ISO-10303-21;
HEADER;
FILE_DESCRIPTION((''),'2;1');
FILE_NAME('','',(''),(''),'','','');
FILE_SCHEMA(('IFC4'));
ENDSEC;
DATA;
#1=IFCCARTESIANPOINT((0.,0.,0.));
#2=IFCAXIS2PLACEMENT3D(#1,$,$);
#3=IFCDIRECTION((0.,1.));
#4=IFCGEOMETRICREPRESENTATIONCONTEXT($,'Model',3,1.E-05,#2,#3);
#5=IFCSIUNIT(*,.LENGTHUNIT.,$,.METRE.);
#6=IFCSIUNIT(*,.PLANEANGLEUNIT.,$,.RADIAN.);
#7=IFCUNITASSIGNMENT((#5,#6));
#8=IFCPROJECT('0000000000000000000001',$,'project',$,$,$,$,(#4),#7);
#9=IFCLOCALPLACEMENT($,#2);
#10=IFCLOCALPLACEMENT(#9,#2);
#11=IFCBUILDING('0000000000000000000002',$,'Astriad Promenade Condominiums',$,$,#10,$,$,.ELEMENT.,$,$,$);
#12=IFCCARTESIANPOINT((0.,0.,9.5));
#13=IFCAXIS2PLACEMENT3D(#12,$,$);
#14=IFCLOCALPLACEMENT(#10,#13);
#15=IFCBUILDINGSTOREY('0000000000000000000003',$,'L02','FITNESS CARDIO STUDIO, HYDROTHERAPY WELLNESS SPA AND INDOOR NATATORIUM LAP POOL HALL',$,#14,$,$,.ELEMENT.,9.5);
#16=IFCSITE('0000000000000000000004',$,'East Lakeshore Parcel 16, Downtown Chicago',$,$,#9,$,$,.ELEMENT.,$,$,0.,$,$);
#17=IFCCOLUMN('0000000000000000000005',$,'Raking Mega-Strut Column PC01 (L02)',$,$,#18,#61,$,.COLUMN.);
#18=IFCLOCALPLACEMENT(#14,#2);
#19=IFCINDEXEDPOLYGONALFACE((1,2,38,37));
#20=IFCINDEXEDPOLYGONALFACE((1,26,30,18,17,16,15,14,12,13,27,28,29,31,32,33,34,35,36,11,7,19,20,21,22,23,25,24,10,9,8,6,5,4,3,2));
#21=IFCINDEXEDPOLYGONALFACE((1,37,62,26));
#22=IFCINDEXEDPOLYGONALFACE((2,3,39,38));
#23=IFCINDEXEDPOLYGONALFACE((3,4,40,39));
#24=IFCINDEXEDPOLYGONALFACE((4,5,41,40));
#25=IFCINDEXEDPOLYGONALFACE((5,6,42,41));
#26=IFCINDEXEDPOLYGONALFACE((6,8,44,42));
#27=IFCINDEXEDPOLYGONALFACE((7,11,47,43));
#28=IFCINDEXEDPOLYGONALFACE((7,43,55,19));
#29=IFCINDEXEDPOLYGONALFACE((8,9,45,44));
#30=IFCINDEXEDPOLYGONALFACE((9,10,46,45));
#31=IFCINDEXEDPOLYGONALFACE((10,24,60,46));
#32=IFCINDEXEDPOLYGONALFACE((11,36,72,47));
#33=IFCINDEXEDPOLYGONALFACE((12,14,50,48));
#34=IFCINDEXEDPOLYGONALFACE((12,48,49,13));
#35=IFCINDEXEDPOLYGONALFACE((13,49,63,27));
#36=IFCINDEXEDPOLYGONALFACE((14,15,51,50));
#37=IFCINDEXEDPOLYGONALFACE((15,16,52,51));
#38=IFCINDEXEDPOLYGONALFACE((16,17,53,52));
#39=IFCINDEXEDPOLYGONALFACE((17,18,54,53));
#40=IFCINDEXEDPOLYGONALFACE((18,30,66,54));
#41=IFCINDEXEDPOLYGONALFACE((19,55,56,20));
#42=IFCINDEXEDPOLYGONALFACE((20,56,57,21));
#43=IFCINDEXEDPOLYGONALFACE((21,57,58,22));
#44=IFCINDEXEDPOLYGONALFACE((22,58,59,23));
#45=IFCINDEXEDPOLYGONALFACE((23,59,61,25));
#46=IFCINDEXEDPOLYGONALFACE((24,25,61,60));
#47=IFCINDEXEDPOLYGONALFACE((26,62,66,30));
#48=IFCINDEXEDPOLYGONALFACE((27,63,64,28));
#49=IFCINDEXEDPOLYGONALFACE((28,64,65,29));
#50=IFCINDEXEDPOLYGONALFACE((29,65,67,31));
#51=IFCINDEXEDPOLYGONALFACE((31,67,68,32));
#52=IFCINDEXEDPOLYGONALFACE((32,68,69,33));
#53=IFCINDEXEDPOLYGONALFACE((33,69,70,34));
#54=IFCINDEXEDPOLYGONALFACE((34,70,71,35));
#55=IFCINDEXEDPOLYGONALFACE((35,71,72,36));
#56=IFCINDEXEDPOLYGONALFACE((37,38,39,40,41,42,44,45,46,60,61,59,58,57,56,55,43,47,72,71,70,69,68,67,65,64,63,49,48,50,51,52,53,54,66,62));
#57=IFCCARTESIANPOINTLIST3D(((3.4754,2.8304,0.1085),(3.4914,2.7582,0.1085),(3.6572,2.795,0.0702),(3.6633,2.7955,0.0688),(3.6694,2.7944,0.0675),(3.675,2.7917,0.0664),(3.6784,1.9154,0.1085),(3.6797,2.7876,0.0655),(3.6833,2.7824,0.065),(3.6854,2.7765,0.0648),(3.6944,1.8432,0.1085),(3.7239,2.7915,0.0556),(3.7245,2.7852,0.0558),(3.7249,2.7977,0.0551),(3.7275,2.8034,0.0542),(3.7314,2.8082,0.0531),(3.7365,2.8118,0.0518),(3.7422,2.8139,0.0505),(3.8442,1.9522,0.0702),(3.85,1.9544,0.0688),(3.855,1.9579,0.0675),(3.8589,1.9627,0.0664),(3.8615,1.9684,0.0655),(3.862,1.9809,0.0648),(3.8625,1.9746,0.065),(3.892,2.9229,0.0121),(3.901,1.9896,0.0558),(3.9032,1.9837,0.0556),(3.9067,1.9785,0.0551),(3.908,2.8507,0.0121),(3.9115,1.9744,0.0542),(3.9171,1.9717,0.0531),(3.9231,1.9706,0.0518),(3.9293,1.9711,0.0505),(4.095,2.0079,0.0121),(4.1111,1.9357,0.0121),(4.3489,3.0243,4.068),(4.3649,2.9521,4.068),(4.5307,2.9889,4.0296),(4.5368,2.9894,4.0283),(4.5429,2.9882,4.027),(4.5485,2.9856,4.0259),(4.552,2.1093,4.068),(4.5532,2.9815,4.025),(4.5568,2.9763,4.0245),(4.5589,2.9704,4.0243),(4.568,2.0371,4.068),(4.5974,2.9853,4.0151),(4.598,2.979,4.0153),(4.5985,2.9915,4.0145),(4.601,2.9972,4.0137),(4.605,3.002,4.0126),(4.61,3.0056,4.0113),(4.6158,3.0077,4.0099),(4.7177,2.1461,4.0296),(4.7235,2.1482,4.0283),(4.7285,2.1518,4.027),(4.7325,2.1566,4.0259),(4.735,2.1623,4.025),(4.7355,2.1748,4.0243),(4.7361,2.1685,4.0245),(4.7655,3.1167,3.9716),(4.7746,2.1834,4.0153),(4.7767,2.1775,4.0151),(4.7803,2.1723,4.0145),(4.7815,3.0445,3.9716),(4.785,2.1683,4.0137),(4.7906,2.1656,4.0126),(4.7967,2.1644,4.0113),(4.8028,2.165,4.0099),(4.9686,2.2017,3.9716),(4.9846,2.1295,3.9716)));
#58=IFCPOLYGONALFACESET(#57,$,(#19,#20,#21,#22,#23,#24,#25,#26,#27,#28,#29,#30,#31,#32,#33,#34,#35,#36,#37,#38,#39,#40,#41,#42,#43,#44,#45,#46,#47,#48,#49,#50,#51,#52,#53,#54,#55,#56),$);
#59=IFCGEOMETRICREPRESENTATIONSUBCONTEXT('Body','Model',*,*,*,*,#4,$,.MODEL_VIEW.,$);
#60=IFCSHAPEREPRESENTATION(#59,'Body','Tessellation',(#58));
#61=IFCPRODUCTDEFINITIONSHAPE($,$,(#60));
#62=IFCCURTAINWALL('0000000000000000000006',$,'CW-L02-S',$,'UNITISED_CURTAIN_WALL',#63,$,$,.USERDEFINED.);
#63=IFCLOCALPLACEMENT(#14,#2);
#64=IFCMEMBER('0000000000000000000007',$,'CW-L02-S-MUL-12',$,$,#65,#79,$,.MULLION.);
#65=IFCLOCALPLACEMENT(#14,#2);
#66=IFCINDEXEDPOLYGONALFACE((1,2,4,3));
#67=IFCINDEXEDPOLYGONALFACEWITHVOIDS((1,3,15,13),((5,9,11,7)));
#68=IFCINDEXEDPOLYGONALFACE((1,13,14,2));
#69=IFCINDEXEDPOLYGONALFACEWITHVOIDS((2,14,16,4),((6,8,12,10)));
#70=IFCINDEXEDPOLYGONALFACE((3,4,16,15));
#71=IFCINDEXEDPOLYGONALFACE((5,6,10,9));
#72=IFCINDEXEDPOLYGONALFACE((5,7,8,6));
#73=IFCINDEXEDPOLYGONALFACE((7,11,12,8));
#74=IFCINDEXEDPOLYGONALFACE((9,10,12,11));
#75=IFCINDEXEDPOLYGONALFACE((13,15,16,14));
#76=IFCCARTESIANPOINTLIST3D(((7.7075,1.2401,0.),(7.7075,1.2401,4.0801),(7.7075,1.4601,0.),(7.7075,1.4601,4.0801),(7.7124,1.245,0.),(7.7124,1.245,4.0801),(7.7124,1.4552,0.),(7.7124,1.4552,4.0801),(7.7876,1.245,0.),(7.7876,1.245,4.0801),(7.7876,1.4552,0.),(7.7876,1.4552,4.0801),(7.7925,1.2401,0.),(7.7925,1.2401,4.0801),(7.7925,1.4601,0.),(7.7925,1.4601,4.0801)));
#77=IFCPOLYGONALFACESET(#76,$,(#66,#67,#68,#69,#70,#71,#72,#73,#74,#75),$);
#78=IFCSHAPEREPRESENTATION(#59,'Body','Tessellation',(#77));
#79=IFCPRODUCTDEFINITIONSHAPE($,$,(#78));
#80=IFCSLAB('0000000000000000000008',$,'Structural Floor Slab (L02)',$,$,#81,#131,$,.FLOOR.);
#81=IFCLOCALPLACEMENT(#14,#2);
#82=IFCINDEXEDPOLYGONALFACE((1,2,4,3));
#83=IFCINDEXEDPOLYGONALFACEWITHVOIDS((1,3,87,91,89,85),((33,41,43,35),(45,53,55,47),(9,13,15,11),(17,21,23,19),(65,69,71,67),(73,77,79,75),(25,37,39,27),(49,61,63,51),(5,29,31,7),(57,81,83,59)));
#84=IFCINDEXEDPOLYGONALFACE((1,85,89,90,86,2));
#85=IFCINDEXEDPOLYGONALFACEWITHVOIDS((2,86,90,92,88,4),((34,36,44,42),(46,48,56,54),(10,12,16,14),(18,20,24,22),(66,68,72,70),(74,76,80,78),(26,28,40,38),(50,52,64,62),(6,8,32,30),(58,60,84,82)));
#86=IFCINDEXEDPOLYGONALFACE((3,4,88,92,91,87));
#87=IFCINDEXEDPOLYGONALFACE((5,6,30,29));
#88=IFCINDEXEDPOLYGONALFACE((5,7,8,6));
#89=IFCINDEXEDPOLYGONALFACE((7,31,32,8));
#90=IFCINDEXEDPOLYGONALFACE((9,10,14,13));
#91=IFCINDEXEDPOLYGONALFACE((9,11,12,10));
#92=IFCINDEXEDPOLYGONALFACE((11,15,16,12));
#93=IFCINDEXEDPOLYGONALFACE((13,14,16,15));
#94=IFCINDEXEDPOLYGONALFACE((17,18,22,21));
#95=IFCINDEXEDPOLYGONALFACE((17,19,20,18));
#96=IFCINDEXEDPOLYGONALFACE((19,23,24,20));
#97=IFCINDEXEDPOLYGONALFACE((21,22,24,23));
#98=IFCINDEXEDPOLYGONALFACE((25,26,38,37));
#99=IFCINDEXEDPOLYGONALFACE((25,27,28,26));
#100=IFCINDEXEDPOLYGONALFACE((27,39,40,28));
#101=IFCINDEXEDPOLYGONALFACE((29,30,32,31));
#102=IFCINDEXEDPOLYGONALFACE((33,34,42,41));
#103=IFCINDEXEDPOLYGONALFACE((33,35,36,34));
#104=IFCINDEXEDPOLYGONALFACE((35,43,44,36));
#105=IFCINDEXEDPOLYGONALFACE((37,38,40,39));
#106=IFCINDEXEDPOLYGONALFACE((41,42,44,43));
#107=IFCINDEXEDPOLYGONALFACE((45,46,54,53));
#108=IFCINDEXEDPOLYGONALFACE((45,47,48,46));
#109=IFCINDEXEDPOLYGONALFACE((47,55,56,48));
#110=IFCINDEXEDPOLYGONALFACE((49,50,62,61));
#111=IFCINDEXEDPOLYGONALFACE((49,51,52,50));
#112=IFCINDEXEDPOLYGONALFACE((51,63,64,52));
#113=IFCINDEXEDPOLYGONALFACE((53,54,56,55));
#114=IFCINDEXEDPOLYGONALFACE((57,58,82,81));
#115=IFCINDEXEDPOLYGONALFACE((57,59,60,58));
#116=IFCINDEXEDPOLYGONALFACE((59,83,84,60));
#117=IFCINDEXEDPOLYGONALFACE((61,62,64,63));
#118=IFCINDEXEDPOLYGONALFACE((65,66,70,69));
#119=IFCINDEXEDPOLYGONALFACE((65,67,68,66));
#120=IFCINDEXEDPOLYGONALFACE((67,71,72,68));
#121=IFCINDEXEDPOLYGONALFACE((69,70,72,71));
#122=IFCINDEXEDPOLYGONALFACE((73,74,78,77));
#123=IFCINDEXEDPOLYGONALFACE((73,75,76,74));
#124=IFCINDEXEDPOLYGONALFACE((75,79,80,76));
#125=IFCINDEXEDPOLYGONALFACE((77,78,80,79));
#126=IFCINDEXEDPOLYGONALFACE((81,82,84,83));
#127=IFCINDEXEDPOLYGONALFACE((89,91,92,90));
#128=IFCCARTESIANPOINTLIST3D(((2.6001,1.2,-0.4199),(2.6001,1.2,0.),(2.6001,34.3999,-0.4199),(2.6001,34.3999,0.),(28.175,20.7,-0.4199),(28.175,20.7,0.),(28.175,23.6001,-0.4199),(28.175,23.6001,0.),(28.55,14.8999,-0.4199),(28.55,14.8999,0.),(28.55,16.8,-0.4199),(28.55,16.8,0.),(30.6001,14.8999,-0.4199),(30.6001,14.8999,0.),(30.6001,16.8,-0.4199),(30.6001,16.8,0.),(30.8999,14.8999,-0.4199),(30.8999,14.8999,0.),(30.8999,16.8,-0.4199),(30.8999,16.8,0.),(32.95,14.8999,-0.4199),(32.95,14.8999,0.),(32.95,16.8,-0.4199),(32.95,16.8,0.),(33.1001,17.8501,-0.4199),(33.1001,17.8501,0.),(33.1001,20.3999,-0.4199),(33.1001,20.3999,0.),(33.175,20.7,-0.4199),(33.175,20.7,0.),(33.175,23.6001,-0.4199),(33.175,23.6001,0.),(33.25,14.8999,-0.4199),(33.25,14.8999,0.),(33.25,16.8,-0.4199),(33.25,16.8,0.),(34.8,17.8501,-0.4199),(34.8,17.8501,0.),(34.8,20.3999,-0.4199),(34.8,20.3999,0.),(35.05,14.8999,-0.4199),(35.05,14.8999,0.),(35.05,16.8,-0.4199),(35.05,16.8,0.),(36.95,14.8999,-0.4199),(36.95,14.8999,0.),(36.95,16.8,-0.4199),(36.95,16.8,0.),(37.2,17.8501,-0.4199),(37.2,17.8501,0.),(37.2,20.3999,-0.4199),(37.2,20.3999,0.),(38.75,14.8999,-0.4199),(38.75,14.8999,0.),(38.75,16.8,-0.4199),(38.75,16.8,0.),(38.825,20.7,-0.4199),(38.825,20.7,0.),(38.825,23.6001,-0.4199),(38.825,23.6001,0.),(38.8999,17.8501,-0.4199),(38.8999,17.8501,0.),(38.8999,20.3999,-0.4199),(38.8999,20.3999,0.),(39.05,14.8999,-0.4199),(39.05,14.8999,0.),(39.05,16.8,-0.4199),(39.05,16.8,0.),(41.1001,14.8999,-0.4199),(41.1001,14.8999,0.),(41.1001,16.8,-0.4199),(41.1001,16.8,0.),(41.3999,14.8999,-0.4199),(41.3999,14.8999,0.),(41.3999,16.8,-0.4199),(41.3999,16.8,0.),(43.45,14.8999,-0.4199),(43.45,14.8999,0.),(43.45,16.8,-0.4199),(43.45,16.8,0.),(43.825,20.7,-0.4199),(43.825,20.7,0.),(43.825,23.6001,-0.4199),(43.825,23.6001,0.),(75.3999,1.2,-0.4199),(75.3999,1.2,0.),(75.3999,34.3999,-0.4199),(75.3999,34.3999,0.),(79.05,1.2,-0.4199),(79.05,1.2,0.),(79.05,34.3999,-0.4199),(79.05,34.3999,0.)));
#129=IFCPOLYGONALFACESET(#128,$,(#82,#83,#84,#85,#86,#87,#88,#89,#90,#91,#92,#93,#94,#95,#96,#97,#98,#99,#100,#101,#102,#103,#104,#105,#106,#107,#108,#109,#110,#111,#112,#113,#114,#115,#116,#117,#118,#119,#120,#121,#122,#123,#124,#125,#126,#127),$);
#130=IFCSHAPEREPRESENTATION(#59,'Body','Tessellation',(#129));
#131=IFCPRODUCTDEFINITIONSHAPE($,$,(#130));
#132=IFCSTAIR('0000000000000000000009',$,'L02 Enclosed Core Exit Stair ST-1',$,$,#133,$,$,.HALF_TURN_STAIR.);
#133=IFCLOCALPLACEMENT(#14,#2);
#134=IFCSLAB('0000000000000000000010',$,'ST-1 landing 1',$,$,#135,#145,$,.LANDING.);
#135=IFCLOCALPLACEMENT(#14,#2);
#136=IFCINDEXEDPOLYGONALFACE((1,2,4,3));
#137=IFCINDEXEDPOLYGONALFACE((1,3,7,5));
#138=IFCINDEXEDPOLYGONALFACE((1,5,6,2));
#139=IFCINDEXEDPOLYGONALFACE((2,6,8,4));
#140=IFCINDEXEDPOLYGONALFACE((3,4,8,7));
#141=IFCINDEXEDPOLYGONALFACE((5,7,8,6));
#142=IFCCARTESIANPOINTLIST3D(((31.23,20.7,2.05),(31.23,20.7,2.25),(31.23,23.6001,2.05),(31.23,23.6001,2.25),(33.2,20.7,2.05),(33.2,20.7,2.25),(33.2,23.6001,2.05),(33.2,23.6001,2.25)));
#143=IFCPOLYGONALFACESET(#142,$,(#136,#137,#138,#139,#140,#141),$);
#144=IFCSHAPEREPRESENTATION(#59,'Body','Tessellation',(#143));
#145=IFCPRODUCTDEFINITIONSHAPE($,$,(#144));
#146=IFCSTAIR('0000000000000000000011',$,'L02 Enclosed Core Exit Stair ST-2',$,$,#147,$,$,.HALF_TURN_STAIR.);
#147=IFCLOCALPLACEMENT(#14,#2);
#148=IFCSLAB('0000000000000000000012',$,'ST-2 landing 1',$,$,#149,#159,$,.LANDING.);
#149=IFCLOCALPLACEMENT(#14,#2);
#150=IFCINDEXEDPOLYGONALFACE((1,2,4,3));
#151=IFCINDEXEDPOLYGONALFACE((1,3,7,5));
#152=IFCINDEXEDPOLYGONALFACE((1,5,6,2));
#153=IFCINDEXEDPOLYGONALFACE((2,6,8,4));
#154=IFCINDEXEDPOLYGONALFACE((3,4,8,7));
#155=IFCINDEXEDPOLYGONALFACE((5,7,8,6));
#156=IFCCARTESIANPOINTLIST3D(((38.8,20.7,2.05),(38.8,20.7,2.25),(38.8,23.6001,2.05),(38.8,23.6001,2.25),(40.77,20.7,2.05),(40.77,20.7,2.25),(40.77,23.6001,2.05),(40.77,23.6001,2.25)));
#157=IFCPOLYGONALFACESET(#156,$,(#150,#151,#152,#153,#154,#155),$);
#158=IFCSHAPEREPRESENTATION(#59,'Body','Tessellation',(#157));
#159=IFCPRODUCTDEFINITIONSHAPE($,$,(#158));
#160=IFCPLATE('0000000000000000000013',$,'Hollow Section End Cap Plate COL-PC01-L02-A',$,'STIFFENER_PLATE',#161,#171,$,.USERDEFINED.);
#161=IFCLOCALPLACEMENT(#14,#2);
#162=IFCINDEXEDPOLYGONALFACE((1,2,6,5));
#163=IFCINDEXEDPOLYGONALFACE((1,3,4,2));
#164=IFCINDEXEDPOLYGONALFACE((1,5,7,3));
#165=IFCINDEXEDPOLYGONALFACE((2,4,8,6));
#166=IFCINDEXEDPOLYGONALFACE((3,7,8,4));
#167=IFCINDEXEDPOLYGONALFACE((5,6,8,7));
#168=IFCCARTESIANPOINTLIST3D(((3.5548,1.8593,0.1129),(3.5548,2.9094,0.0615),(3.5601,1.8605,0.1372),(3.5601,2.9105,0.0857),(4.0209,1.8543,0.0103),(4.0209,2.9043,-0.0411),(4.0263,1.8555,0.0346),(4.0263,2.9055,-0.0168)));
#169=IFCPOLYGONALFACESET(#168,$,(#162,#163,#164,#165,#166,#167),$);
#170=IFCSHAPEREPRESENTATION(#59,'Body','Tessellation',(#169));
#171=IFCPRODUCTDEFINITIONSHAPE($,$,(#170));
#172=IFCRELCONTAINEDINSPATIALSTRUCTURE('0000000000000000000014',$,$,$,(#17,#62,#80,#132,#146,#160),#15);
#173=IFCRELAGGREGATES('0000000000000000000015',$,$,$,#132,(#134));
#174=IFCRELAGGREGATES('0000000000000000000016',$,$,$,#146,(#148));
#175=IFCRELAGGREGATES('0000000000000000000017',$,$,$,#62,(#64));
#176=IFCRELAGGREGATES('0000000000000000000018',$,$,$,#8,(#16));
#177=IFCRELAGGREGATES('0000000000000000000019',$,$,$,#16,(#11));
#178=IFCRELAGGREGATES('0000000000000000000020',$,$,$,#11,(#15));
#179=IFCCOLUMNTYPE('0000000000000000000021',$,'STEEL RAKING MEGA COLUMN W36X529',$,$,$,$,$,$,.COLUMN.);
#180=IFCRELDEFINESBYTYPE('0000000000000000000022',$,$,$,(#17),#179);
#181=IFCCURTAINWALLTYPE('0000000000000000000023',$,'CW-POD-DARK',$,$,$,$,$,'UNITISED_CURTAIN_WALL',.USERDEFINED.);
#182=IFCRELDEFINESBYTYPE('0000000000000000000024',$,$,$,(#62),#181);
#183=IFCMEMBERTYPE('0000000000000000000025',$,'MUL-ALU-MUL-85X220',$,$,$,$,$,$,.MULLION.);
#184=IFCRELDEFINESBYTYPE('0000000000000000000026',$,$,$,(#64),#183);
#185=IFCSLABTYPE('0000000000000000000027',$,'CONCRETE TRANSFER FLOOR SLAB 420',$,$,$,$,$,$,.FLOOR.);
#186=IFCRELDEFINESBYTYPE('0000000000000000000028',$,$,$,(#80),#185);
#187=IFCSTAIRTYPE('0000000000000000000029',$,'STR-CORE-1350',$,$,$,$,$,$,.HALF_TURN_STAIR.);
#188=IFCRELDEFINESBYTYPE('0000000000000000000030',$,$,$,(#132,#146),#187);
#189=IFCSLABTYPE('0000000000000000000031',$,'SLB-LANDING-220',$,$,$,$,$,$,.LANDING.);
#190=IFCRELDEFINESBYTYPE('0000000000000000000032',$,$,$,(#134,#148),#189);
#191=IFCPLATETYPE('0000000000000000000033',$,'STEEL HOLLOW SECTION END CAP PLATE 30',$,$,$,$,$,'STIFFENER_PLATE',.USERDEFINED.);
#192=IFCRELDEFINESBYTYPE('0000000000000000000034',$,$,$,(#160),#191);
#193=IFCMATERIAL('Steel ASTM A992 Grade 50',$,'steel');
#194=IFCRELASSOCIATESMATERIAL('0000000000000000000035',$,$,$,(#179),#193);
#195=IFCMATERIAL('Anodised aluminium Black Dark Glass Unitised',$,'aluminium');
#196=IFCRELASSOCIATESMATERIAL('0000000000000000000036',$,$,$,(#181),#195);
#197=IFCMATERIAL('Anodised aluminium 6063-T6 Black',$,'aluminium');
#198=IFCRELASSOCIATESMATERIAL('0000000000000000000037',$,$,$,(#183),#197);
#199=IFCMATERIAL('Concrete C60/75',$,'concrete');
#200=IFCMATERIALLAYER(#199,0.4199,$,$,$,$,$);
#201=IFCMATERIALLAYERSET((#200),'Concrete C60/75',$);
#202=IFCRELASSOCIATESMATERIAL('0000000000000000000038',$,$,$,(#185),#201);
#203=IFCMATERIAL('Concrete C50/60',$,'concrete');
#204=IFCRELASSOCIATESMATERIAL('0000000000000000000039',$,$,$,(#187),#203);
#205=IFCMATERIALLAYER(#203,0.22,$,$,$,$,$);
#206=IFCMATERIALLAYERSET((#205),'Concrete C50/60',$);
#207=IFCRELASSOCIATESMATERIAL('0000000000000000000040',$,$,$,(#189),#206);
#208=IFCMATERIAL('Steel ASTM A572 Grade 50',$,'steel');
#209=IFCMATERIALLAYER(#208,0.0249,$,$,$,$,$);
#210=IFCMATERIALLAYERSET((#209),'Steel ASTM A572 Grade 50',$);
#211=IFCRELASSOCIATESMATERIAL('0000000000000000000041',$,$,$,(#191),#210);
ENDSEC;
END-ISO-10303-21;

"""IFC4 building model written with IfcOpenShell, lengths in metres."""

from ifc_helpers import new_model, si_unit, direction, frame, origin, origin_2d, place, context, subcontext, project, spatial, polyline, rectangle, hollow_rectangle, i_section, outline, extrude, source, transform, mapped, material, layer, layer_set, material_profile, profile_set, type_object, type_shapes, element, aggregate, save


model = new_model("IFC4")

# Units and contexts
model_context = context("Model", 3, precision=1e-05, world=origin(), true_north=direction((0.0, 1.0)))
body_context = subcontext(model_context, "Body", "Model", "MODEL_VIEW")
ifc_project = project(units=[si_unit("LENGTHUNIT", "METRE"), si_unit("PLANEANGLEUNIT", "RADIAN")], contexts=[model_context])

# Site, building, storey
site_placement = place(None, origin())
site = spatial("IfcSite", under=ifc_project, at=site_placement, Name="East Lakeshore Parcel 16, Downtown Chicago", CompositionType="ELEMENT", RefElevation=0.0)
building_placement = place(site_placement, origin())
building = spatial("IfcBuilding", under=site, at=building_placement, Name="Astriad Promenade Condominiums", CompositionType="ELEMENT")
storey_placement = place(building_placement, frame((0.0, 0.0, 9.5)))
storey = spatial("IfcBuildingStorey", under=building, at=storey_placement, Name="L02", Description="FITNESS CARDIO STUDIO, HYDROTHERAPY WELLNESS SPA AND INDOOR NATATORIUM LAP POOL HALL", CompositionType="ELEMENT", Elevation=9.5)

# Column
ifc_material_1 = material(Name="Steel ASTM A992 Grade 50", Category="steel")
ifc_material_profile_1 = material_profile(ifc_material_1, i_section(OverallWidth=0.4375, OverallDepth=1.0112, WebThickness=0.041, FlangeThickness=0.074, FilletRadius=0.0242, at=origin_2d()), Name="W36X529")
ifc_profile_set_1 = profile_set([ifc_material_profile_1], Name="Steel ASTM A992 Grade 50")
column_type = type_object("IfcColumnType", Name="STEEL RAKING MEGA COLUMN W36X529", PredefinedType="COLUMN", material=ifc_profile_set_1)
shared_shape_1 = source(origin(), body_context, "Body", "SweptSolid", [
    extrude(i_section(OverallWidth=0.4375, OverallDepth=1.0112, WebThickness=0.041, FlangeThickness=0.074, FilletRadius=0.0242, at=origin_2d()), origin(), (0.0, 0.0, 1.0), 4.0593),
])
type_shapes(column_type, [shared_shape_1])
column_placement = place(storey_placement, frame((3.7932, 2.3831, 0.0603), z_axis=(0.215193, 0.047754, 0.975403), x_axis=(-0.952239, -0.211313, 0.220427)))
element("IfcColumn", 1, at=column_placement, inside=storey, type_object=column_type, Name="Raking Mega-Strut Column PC01 (L02)", PredefinedType="COLUMN", context=body_context, shape_type="MappedRepresentation", body=[
    mapped(shared_shape_1, transform((0.0, 0.0, 0.0), scale=1.0)),
])

# Curtain wall, member
ifc_material_2 = material(Name="Anodised aluminium Black Dark Glass Unitised", Category="aluminium")
curtain_wall_type = type_object("IfcCurtainWallType", Name="CW-POD-DARK", ElementType="UNITISED_CURTAIN_WALL", PredefinedType="USERDEFINED", material=ifc_material_2)
curtain_wall_placement = place(storey_placement, origin())
curtain_wall = element("IfcCurtainWall", 2, at=curtain_wall_placement, inside=storey, type_object=curtain_wall_type, Name="CW-L02-S", ObjectType="UNITISED_CURTAIN_WALL", PredefinedType="USERDEFINED")
ifc_material_3 = material(Name="Anodised aluminium 6063-T6 Black", Category="aluminium")
ifc_material_profile_2 = material_profile(ifc_material_3, hollow_rectangle(XDim=0.085, YDim=0.22, WallThickness=0.0049, at=origin_2d()), Name="ALU-MUL-85X220")
ifc_profile_set_2 = profile_set([ifc_material_profile_2], Name="Anodised aluminium 6063-T6 Black")
member_type = type_object("IfcMemberType", Name="MUL-ALU-MUL-85X220", PredefinedType="MULLION", material=ifc_profile_set_2)
shared_shape_2 = source(origin(), body_context, "Body", "SweptSolid", [
    extrude(hollow_rectangle(XDim=0.085, YDim=0.22, WallThickness=0.0049, at=origin_2d()), origin(), (0.0, 0.0, 1.0), 4.0801),
])
type_shapes(member_type, [shared_shape_2])
member_placement = place(storey_placement, frame((7.75, 1.3501, 0.0), z_axis=(0.0, 0.0, 1.0), x_axis=(1.0, 0.0, 0.0)))
member = element("IfcMember", 3, at=member_placement, type_object=member_type, Name="CW-L02-S-MUL-12", PredefinedType="MULLION", context=body_context, shape_type="MappedRepresentation", body=[
    mapped(shared_shape_2, transform((0.0, 0.0, 0.0), scale=1.0)),
])

# Slab
ifc_material_4 = material(Name="Concrete C60/75", Category="concrete")
ifc_layer_1 = layer(ifc_material_4, 0.4199)
ifc_layer_set_1 = layer_set([ifc_layer_1], Name="Concrete C60/75")
slab_type_1 = type_object("IfcSlabType", Name="CONCRETE TRANSFER FLOOR SLAB 420", PredefinedType="FLOOR", material=ifc_layer_set_1)
slab_1_placement = place(storey_placement, frame((0.0, 0.0, -0.4199)))
element("IfcSlab", 4, at=slab_1_placement, inside=storey, type_object=slab_type_1, Name="Structural Floor Slab (L02)", PredefinedType="FLOOR", context=body_context, shape_type="SweptSolid", body=[
    extrude(outline(polyline([(75.3999, 1.2), (79.05, 1.2), (79.05, 34.3999), (75.3999, 34.3999), (2.6001, 34.3999), (2.6001, 1.2), (75.3999, 1.2)]), holes=[polyline([(28.175, 20.7), (33.175, 20.7), (33.175, 23.6001), (28.175, 23.6001), (28.175, 20.7)]), polyline([(38.825, 20.7), (43.825, 20.7), (43.825, 23.6001), (38.825, 23.6001), (38.825, 20.7)]), polyline([(33.1001, 17.8501), (34.8, 17.8501), (34.8, 20.3999), (33.1001, 20.3999), (33.1001, 17.8501)]), polyline([(37.2, 17.8501), (38.8999, 17.8501), (38.8999, 20.3999), (37.2, 20.3999), (37.2, 17.8501)]), polyline([(28.55, 14.8999), (30.6001, 14.8999), (30.6001, 16.8), (28.55, 16.8), (28.55, 14.8999)]), polyline([(30.8999, 14.8999), (32.95, 14.8999), (32.95, 16.8), (30.8999, 16.8), (30.8999, 14.8999)]), polyline([(33.25, 14.8999), (35.05, 14.8999), (35.05, 16.8), (33.25, 16.8), (33.25, 14.8999)]), polyline([(36.95, 14.8999), (38.75, 14.8999), (38.75, 16.8), (36.95, 16.8), (36.95, 14.8999)]), polyline([(39.05, 14.8999), (41.1001, 14.8999), (41.1001, 16.8), (39.05, 16.8), (39.05, 14.8999)]), polyline([(41.3999, 14.8999), (43.45, 14.8999), (43.45, 16.8), (41.3999, 16.8), (41.3999, 14.8999)])]), origin(), (0.0, 0.0, 1.0), 0.4199),
])

# Stairs, slabs
ifc_material_5 = material(Name="Concrete C50/60", Category="concrete")
stair_type = type_object("IfcStairType", Name="STR-CORE-1350", PredefinedType="HALF_TURN_STAIR", material=ifc_material_5)
stair_1_placement = place(storey_placement, origin())
stair_1 = element("IfcStair", 5, at=stair_1_placement, inside=storey, type_object=stair_type, Name="L02 Enclosed Core Exit Stair ST-1", PredefinedType="HALF_TURN_STAIR")
ifc_layer_2 = layer(ifc_material_5, 0.22)
ifc_layer_set_2 = layer_set([ifc_layer_2], Name="Concrete C50/60")
slab_type_2 = type_object("IfcSlabType", Name="SLB-LANDING-220", PredefinedType="LANDING", material=ifc_layer_set_2)
slab_2_placement = place(storey_placement, frame((0.0, 0.0, 2.05)))
slab_2 = element("IfcSlab", 6, at=slab_2_placement, type_object=slab_type_2, Name="ST-1 landing 1", PredefinedType="LANDING", context=body_context, shape_type="SweptSolid", body=[
    extrude(outline(polyline([(31.23, 20.7), (33.2, 20.7), (33.2, 23.6001), (31.23, 23.6001), (31.23, 20.7)])), origin(), (0.0, 0.0, 1.0), 0.2),
])
aggregate(stair_1, [slab_2])
stair_2_placement = place(storey_placement, origin())
stair_2 = element("IfcStair", 7, at=stair_2_placement, inside=storey, type_object=stair_type, Name="L02 Enclosed Core Exit Stair ST-2", PredefinedType="HALF_TURN_STAIR")
slab_3_placement = place(storey_placement, frame((0.0, 0.0, 2.05)))
slab_3 = element("IfcSlab", 8, at=slab_3_placement, type_object=slab_type_2, Name="ST-2 landing 1", PredefinedType="LANDING", context=body_context, shape_type="SweptSolid", body=[
    extrude(outline(polyline([(40.77, 23.6001), (38.8, 23.6001), (38.8, 20.7), (40.77, 20.7), (40.77, 23.6001)])), origin(), (0.0, 0.0, 1.0), 0.2),
])
aggregate(stair_2, [slab_3])

# Plate
ifc_material_6 = material(Name="Steel ASTM A572 Grade 50", Category="steel")
ifc_layer_3 = layer(ifc_material_6, 0.0249)
ifc_layer_set_3 = layer_set([ifc_layer_3], Name="Steel ASTM A572 Grade 50")
plate_type_1 = type_object("IfcPlateType", Name="STEEL HOLLOW SECTION END CAP PLATE 30", ElementType="STIFFENER_PLATE", PredefinedType="USERDEFINED", material=ifc_layer_set_3)
shared_shape_3 = source(origin(), body_context, "Body", "SweptSolid", [
    extrude(rectangle(XDim=0.4773, YDim=1.0513, at=origin_2d()), origin(), (0.0, 0.0, 1.0), 0.0249),
])
type_shapes(plate_type_1, [shared_shape_3])
plate_1_placement = place(storey_placement, frame((3.7878, 2.3818, 0.0359), z_axis=(0.215154, 0.04779, 0.97541), x_axis=(1.0, 0.0, 0.0)))
element("IfcPlate", 9, at=plate_1_placement, inside=storey, type_object=plate_type_1, Name="Hollow Section End Cap Plate COL-PC01-L02-A", ObjectType="STIFFENER_PLATE", PredefinedType="USERDEFINED", context=body_context, shape_type="MappedRepresentation", body=[
    mapped(shared_shape_3, transform((0.0, 0.0, 0.0), scale=1.0)),
])
aggregate(curtain_wall, [member])

save(model, "model.ifc")
